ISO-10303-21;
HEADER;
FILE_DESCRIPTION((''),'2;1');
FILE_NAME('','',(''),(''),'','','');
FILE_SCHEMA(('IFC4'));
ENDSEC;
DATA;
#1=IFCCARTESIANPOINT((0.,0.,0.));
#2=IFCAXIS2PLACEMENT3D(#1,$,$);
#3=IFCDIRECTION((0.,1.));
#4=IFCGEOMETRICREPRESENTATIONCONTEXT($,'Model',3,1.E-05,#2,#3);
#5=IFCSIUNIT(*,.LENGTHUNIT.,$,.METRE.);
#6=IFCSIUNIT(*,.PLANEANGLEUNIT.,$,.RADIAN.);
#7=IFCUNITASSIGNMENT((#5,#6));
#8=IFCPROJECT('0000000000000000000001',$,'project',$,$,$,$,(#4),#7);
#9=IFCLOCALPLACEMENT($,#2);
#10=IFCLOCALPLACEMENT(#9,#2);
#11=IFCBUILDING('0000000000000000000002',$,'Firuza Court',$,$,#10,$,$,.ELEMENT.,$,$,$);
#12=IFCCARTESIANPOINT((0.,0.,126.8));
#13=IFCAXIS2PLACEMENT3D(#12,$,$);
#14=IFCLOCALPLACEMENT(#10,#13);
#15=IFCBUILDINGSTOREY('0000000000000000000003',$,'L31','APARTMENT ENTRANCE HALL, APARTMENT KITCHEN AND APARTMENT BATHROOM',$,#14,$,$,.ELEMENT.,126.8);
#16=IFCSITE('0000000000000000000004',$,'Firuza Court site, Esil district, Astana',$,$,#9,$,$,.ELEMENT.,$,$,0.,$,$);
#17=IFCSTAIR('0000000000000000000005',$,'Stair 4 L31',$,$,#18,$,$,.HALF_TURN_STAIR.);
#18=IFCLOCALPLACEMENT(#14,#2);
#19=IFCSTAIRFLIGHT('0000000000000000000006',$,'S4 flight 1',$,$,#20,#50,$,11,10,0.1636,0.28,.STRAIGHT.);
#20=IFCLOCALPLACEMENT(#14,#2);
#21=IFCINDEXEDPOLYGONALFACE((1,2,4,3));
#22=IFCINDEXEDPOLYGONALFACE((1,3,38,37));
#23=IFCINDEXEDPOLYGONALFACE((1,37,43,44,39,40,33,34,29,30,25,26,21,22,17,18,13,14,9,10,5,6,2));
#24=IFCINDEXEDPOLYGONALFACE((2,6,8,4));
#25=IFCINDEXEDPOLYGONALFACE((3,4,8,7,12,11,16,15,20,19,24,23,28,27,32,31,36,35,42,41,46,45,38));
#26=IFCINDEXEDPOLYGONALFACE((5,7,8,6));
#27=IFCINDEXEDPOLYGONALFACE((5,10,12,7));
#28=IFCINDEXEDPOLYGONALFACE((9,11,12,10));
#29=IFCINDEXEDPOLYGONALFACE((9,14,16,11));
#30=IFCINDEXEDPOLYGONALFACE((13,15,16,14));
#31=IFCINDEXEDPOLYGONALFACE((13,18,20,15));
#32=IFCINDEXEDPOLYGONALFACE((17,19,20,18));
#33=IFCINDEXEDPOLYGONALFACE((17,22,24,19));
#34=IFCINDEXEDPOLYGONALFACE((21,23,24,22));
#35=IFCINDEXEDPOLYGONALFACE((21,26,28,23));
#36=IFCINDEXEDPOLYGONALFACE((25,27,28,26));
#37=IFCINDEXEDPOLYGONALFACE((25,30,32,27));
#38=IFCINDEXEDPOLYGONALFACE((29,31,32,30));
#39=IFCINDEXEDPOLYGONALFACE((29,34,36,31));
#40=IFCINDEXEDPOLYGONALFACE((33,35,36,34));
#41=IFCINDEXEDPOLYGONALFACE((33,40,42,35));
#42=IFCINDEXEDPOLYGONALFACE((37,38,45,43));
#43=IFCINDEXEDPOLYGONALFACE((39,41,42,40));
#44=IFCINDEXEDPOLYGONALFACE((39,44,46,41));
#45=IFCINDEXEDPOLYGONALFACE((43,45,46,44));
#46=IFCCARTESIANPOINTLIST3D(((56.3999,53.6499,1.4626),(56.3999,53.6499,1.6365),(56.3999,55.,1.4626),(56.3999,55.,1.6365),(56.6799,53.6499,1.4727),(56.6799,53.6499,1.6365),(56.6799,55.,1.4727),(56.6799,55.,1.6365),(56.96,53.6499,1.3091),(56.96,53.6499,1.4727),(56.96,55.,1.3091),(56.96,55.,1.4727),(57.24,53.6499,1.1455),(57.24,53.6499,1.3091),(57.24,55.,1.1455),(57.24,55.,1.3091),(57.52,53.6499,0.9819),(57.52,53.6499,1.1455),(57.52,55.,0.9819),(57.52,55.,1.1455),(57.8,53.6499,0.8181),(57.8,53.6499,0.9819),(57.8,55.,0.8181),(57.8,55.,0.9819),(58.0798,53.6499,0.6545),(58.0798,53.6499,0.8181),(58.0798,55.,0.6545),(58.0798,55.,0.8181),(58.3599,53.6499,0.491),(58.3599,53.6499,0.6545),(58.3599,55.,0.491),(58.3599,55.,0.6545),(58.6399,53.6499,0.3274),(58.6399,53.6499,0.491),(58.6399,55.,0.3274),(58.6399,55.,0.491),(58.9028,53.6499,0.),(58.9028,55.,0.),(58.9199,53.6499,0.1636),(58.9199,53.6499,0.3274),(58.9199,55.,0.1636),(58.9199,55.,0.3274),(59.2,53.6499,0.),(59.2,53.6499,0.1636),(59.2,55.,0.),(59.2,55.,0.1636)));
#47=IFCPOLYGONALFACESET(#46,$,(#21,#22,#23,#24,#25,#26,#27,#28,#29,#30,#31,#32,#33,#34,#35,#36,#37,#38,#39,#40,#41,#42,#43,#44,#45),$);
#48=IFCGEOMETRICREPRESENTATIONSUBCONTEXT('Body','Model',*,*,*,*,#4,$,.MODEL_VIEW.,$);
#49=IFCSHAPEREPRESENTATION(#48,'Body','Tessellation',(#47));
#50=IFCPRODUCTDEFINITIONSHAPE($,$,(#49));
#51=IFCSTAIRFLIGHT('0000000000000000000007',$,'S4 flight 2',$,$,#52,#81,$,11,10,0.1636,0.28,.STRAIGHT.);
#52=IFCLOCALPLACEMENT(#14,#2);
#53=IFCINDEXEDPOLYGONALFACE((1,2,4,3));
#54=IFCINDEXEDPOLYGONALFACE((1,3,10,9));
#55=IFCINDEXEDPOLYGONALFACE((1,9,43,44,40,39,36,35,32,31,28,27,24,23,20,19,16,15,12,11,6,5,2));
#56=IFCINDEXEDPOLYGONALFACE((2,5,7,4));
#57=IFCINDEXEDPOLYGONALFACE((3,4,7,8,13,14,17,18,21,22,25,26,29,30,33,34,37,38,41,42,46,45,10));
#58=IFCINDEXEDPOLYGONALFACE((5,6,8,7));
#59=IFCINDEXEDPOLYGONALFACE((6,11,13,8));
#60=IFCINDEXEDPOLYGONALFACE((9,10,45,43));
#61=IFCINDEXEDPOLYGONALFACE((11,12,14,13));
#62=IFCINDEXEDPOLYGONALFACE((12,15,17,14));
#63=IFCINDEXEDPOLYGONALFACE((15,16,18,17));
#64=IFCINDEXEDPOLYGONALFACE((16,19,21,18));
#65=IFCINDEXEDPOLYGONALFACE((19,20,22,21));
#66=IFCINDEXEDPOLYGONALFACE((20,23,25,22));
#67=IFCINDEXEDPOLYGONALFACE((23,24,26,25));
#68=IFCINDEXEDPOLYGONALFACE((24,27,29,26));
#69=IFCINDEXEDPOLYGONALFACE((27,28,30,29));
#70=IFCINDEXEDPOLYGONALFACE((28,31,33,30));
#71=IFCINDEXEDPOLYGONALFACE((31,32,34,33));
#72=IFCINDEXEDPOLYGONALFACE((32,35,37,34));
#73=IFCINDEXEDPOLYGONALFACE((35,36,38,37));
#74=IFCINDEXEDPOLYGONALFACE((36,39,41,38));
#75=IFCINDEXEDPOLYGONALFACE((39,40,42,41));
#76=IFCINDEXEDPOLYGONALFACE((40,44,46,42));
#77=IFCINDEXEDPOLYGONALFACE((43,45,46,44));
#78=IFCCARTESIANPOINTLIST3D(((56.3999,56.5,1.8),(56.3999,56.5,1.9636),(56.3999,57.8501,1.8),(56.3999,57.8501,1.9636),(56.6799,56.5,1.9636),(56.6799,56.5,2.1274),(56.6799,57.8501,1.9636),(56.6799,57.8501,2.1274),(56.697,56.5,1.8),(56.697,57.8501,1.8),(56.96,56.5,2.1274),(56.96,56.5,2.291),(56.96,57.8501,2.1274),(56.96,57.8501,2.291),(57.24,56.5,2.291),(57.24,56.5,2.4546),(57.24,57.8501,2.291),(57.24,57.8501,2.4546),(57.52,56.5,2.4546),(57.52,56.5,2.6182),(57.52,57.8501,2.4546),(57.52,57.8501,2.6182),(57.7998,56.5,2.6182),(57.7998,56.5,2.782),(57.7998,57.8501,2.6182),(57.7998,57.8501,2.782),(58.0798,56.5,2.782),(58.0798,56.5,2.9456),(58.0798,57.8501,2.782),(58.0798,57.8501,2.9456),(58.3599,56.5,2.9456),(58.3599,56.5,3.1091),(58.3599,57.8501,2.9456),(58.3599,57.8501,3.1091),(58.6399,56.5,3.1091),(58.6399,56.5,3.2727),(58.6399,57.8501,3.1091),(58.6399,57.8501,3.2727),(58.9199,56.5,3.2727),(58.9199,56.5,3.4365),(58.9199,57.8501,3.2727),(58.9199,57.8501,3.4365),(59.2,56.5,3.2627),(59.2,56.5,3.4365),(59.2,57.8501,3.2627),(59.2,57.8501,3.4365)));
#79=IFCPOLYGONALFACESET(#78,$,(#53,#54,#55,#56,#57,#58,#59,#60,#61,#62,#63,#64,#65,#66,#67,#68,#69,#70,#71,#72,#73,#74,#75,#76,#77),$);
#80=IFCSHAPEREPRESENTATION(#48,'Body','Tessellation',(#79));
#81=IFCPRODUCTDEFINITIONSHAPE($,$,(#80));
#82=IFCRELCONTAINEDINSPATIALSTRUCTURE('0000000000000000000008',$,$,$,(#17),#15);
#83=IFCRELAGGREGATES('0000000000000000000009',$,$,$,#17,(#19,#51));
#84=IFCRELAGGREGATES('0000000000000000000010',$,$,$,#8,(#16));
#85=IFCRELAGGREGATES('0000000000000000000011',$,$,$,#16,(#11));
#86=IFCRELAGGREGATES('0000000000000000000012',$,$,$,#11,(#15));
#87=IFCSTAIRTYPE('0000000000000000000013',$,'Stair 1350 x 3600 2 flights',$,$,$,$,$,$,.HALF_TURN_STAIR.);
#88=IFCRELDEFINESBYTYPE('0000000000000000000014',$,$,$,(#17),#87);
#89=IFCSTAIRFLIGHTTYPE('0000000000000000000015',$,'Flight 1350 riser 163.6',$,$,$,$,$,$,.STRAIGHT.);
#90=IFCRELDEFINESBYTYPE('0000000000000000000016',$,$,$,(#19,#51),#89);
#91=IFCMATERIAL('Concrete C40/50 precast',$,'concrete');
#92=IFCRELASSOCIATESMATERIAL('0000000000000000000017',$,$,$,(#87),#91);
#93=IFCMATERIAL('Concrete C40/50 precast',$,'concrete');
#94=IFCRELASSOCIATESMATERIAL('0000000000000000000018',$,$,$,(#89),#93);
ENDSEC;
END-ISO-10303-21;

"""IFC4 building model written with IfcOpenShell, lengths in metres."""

from ifc_helpers import new_model, si_unit, direction, frame, origin, place, context, subcontext, project, spatial, polyline, outline, extrude, material, type_object, element, aggregate, save


model = new_model("IFC4")

# Units and contexts
model_context = context("Model", 3, precision=1e-05, world=origin(), true_north=direction((0.0, 1.0)))
body_context = subcontext(model_context, "Body", "Model", "MODEL_VIEW")
ifc_project = project(units=[si_unit("LENGTHUNIT", "METRE"), si_unit("PLANEANGLEUNIT", "RADIAN")], contexts=[model_context])

# Site, building, storey
site_placement = place(None, origin())
site = spatial("IfcSite", under=ifc_project, at=site_placement, Name="Firuza Court site, Esil district, Astana", CompositionType="ELEMENT", RefElevation=0.0)
building_placement = place(site_placement, origin())
building = spatial("IfcBuilding", under=site, at=building_placement, Name="Firuza Court", CompositionType="ELEMENT")
storey_placement = place(building_placement, frame((0.0, 0.0, 126.8)))
storey = spatial("IfcBuildingStorey", under=building, at=storey_placement, Name="L31", Description="APARTMENT ENTRANCE HALL, APARTMENT KITCHEN AND APARTMENT BATHROOM", CompositionType="ELEMENT", Elevation=126.8)

# Stair, stair flights
ifc_material_1 = material(Name="Concrete C40/50 precast", Category="concrete")
stair_type = type_object("IfcStairType", Name="Stair 1350 x 3600 2 flights", PredefinedType="HALF_TURN_STAIR", material=ifc_material_1)
stair_placement = place(storey_placement, origin())
stair = element("IfcStair", 1, at=stair_placement, inside=storey, type_object=stair_type, Name="Stair 4 L31", PredefinedType="HALF_TURN_STAIR")
ifc_material_2 = material(Name="Concrete C40/50 precast", Category="concrete")
stair_flight_type = type_object("IfcStairFlightType", Name="Flight 1350 riser 163.6", PredefinedType="STRAIGHT", material=ifc_material_2)
stair_flight_1_placement = place(storey_placement, frame((59.2, 54.325, 0.0), z_axis=(0.0, 0.0, 1.0), x_axis=(-1.0, 0.0, 0.0)))
stair_flight_1 = element("IfcStairFlight", 2, at=stair_flight_1_placement, type_object=stair_flight_type, Name="S4 flight 1", NumberOfRisers=11, NumberOfTreads=10, PredefinedType="STRAIGHT", RiserHeight=0.1636, TreadLength=0.28, context=body_context, shape_type="SweptSolid", body=[
    extrude(outline(polyline([(0.0, 0.0), (0.0, 0.1636), (0.28, 0.1636), (0.28, 0.3274), (0.5601, 0.3274), (0.5601, 0.491), (0.8401, 0.491), (0.8401, 0.6545), (1.1201, 0.6545), (1.1201, 0.8181), (1.3999, 0.8181), (1.3999, 0.9819), (1.6799, 0.9819), (1.6799, 1.1455), (1.96, 1.1455), (1.96, 1.3091), (2.24, 1.3091), (2.24, 1.4727), (2.52, 1.4727), (2.52, 1.6365), (2.8, 1.6365), (2.8, 1.8), (2.8, 1.4626), (0.2971, 0.0), (0.0, 0.0)])), frame((0.0, 0.675, 0.0), z_axis=(0.0, -1.0, 0.0), x_axis=(1.0, 0.0, 0.0)), (0.0, 0.0, 1.0), 1.3501),
])
stair_flight_2_placement = place(storey_placement, frame((56.3999, 57.175, 1.8), z_axis=(0.0, 0.0, 1.0), x_axis=(1.0, 0.0, 0.0)))
stair_flight_2 = element("IfcStairFlight", 3, at=stair_flight_2_placement, type_object=stair_flight_type, Name="S4 flight 2", NumberOfRisers=11, NumberOfTreads=10, PredefinedType="STRAIGHT", RiserHeight=0.1636, TreadLength=0.28, context=body_context, shape_type="SweptSolid", body=[
    extrude(outline(polyline([(0.0, 0.0), (0.0, 0.1636), (0.28, 0.1636), (0.28, 0.3274), (0.5601, 0.3274), (0.5601, 0.491), (0.8401, 0.491), (0.8401, 0.6545), (1.1201, 0.6545), (1.1201, 0.8181), (1.3999, 0.8181), (1.3999, 0.9819), (1.6799, 0.9819), (1.6799, 1.1455), (1.96, 1.1455), (1.96, 1.3091), (2.24, 1.3091), (2.24, 1.4727), (2.52, 1.4727), (2.52, 1.6365), (2.8, 1.6365), (2.8, 1.8), (2.8, 1.4626), (0.2971, 0.0), (0.0, 0.0)])), frame((0.0, 0.675, 0.0), z_axis=(0.0, -1.0, 0.0), x_axis=(1.0, 0.0, 0.0)), (0.0, 0.0, 1.0), 1.3501),
])
aggregate(stair, [stair_flight_1, stair_flight_2])

save(model, "model.ifc")
